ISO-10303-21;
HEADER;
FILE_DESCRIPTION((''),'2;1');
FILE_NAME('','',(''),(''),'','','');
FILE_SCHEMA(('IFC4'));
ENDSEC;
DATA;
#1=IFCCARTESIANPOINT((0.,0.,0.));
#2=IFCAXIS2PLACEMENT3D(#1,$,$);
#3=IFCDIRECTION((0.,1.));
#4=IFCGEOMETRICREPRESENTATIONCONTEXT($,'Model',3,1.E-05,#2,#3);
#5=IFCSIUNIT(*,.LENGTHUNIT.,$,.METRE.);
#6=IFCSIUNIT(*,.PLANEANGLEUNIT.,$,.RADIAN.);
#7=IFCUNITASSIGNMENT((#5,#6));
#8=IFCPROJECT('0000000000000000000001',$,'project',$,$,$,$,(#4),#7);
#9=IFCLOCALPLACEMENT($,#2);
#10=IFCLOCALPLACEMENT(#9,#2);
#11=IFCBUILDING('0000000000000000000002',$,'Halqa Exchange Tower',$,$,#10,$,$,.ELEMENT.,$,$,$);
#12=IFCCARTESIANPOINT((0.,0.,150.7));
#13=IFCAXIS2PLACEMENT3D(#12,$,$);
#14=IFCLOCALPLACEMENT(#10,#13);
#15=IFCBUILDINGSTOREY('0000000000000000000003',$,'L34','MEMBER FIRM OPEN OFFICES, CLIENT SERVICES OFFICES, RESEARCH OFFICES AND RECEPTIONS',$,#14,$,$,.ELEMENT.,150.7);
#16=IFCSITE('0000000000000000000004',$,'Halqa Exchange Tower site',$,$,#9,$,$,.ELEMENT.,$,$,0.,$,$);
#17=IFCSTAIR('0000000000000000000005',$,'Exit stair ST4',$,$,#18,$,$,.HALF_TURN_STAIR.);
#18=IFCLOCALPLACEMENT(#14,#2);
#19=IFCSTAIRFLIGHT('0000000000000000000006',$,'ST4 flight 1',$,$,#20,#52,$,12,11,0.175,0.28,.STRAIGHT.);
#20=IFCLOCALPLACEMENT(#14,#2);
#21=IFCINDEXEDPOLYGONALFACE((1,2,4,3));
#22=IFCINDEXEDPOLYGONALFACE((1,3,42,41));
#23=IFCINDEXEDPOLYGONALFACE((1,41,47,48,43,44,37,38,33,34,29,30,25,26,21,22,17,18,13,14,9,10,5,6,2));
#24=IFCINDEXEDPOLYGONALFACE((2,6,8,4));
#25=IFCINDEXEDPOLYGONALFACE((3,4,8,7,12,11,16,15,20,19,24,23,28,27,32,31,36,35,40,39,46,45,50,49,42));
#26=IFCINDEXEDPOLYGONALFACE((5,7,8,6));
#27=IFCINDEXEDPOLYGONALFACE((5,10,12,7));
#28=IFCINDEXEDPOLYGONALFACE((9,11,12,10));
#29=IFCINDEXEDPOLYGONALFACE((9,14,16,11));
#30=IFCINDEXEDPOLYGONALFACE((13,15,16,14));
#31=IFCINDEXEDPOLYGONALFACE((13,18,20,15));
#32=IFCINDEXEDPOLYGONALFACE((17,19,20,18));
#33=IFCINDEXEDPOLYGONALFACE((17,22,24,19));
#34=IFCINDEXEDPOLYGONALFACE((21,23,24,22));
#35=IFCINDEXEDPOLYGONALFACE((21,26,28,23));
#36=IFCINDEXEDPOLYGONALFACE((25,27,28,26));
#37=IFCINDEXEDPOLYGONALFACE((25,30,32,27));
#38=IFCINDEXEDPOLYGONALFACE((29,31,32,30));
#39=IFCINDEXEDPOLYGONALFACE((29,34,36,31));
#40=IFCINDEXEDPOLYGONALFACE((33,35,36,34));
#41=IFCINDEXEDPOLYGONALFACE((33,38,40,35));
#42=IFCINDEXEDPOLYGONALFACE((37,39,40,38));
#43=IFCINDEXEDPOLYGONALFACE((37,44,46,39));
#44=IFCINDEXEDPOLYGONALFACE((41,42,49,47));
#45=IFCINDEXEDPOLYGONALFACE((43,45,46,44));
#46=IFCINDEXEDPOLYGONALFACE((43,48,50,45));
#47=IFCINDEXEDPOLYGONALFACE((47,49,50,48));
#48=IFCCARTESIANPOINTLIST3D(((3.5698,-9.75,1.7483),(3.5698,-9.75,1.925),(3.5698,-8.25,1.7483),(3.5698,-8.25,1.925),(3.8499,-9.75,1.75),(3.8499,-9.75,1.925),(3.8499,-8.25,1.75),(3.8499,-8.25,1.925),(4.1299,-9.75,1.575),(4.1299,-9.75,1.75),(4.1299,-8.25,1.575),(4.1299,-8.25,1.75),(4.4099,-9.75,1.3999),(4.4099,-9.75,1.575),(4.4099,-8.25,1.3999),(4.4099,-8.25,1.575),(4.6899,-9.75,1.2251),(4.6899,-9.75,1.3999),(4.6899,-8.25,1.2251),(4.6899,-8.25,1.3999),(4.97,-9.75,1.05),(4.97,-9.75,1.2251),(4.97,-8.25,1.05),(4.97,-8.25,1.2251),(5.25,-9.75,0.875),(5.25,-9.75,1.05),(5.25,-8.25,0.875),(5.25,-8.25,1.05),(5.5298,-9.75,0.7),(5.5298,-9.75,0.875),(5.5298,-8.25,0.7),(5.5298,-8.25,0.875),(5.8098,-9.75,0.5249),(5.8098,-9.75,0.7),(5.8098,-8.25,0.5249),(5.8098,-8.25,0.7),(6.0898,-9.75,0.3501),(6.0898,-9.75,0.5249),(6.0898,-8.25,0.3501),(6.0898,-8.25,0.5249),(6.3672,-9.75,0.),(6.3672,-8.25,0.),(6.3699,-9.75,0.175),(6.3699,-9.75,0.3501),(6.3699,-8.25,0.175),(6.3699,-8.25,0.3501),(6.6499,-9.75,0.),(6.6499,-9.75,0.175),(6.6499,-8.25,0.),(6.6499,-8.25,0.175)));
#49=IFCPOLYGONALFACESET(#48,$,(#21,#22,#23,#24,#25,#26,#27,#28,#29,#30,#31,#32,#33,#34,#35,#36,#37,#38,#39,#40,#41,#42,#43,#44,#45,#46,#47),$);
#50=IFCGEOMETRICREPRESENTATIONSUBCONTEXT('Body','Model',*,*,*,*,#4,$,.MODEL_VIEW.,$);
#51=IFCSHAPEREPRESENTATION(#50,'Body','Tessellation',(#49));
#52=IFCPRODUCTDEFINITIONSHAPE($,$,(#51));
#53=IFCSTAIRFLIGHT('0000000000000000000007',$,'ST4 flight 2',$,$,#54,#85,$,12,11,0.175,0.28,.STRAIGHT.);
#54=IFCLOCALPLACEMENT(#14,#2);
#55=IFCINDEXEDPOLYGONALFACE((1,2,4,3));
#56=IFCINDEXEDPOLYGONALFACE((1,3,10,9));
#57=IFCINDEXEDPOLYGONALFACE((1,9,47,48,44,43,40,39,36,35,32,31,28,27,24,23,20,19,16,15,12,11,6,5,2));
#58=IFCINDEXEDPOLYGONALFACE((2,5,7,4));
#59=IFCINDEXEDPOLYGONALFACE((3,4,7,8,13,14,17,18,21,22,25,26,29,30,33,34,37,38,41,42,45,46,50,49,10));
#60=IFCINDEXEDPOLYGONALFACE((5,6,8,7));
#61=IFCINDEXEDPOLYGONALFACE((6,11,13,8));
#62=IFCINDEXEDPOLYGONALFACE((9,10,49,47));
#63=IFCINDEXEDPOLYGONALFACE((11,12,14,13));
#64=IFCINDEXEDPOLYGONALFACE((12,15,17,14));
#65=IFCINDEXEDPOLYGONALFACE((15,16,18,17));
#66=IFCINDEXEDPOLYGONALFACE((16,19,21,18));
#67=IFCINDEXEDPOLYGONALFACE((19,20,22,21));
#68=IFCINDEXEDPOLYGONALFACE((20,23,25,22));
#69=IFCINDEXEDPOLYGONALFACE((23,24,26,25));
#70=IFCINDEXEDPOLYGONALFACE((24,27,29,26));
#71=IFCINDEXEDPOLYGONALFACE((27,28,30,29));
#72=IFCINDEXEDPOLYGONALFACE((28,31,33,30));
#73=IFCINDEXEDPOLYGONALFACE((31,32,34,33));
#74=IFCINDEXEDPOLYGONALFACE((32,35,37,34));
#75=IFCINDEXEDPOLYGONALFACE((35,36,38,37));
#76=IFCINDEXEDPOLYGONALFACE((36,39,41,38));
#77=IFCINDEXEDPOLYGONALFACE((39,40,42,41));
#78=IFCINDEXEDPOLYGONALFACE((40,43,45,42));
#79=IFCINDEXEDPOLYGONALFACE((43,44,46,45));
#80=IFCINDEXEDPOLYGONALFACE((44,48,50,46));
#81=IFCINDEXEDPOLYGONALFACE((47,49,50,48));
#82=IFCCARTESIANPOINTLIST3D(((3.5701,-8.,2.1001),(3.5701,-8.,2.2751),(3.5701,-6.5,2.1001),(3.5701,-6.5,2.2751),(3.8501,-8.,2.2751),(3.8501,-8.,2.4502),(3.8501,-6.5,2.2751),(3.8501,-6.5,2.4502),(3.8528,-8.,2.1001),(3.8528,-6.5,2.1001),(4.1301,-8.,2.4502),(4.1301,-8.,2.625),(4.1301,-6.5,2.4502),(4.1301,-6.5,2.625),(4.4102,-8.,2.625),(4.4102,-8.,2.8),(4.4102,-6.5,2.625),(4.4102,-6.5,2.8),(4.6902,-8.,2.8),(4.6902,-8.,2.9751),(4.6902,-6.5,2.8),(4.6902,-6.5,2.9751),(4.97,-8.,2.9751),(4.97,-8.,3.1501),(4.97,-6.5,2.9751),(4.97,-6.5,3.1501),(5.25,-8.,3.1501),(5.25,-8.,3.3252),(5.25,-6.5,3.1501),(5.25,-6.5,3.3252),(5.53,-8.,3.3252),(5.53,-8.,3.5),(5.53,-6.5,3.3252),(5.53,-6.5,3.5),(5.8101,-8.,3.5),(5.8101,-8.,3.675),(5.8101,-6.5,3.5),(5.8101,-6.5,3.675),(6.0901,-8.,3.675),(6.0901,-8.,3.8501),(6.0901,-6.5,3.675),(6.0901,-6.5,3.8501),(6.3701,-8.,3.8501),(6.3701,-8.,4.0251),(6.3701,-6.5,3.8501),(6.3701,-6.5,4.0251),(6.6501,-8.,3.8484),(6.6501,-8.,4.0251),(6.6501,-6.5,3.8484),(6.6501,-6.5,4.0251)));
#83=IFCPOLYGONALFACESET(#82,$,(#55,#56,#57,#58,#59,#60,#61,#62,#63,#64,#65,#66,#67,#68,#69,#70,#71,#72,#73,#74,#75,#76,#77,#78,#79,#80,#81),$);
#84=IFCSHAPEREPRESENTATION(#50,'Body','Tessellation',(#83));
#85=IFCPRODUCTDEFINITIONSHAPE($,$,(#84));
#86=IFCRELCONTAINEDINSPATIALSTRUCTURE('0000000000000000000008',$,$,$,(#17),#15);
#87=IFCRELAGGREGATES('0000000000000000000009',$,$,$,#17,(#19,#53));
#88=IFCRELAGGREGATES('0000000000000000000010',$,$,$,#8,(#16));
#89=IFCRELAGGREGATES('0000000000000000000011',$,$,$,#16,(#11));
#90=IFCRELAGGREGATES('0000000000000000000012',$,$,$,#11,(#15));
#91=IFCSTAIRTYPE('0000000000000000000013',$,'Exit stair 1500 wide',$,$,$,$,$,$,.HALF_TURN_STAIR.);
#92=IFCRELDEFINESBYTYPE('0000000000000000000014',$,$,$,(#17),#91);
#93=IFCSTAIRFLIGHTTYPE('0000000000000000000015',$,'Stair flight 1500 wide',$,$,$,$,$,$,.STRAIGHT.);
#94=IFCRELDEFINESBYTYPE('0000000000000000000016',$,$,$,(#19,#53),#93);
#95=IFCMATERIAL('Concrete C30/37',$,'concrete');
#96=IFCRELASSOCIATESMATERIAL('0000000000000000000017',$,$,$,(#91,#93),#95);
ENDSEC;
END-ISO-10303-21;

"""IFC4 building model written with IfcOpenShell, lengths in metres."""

from ifc_helpers import new_model, si_unit, direction, frame, origin, place, context, subcontext, project, spatial, polyline, outline, extrude, material, type_object, element, aggregate, save


model = new_model("IFC4")

# Units and contexts
model_context = context("Model", 3, precision=1e-05, world=origin(), true_north=direction((0.0, 1.0)))
body_context = subcontext(model_context, "Body", "Model", "MODEL_VIEW")
ifc_project = project(units=[si_unit("LENGTHUNIT", "METRE"), si_unit("PLANEANGLEUNIT", "RADIAN")], contexts=[model_context])

# Site, building, storey
site_placement = place(None, origin())
site = spatial("IfcSite", under=ifc_project, at=site_placement, Name="Halqa Exchange Tower site", CompositionType="ELEMENT", RefElevation=0.0)
building_placement = place(site_placement, origin())
building = spatial("IfcBuilding", under=site, at=building_placement, Name="Halqa Exchange Tower", CompositionType="ELEMENT")
storey_placement = place(building_placement, frame((0.0, 0.0, 150.7)))
storey = spatial("IfcBuildingStorey", under=building, at=storey_placement, Name="L34", Description="MEMBER FIRM OPEN OFFICES, CLIENT SERVICES OFFICES, RESEARCH OFFICES AND RECEPTIONS", CompositionType="ELEMENT", Elevation=150.7)

# Shared definitions
ifc_material_1 = material(Name="Concrete C30/37", Category="concrete")

# Stair, stair flights
stair_type = type_object("IfcStairType", Name="Exit stair 1500 wide", PredefinedType="HALF_TURN_STAIR", material=ifc_material_1)
stair_placement = place(storey_placement, origin())
stair = element("IfcStair", 1, at=stair_placement, inside=storey, type_object=stair_type, Name="Exit stair ST4", PredefinedType="HALF_TURN_STAIR")
stair_flight_type = type_object("IfcStairFlightType", Name="Stair flight 1500 wide", PredefinedType="STRAIGHT", material=ifc_material_1)
stair_flight_1_placement = place(storey_placement, frame((6.6499, -9.0, 0.0), z_axis=(0.0, 0.0, 1.0), x_axis=(-1.0, 0.0, 0.0)))
stair_flight_1 = element("IfcStairFlight", 2, at=stair_flight_1_placement, type_object=stair_flight_type, Name="ST4 flight 1", NumberOfRisers=12, NumberOfTreads=11, PredefinedType="STRAIGHT", RiserHeight=0.175, TreadLength=0.28, context=body_context, shape_type="SweptSolid", body=[
    extrude(outline(polyline([(0.0, 0.0), (0.0, 0.175), (0.28, 0.175), (0.28, 0.3501), (0.5601, 0.3501), (0.5601, 0.5249), (0.8401, 0.5249), (0.8401, 0.7), (1.1201, 0.7), (1.1201, 0.875), (1.3999, 0.875), (1.3999, 1.05), (1.6799, 1.05), (1.6799, 1.2251), (1.96, 1.2251), (1.96, 1.3999), (2.24, 1.3999), (2.24, 1.575), (2.52, 1.575), (2.52, 1.75), (2.8, 1.75), (2.8, 1.925), (3.0801, 1.925), (3.0801, 2.1001), (3.0801, 1.7483), (0.2827, 0.0), (0.0, 0.0)])), frame((0.0, 0.75, 0.0), z_axis=(0.0, -1.0, 0.0), x_axis=(1.0, 0.0, 0.0)), (0.0, 0.0, 1.0), 1.5),
])
stair_flight_2_placement = place(storey_placement, frame((3.5701, -7.25, 2.1001), z_axis=(0.0, 0.0, 1.0), x_axis=(1.0, 0.0, 0.0)))
stair_flight_2 = element("IfcStairFlight", 3, at=stair_flight_2_placement, type_object=stair_flight_type, Name="ST4 flight 2", NumberOfRisers=12, NumberOfTreads=11, PredefinedType="STRAIGHT", RiserHeight=0.175, TreadLength=0.28, context=body_context, shape_type="SweptSolid", body=[
    extrude(outline(polyline([(0.0, 0.0), (0.0, 0.175), (0.28, 0.175), (0.28, 0.3501), (0.5601, 0.3501), (0.5601, 0.5249), (0.8401, 0.5249), (0.8401, 0.7), (1.1201, 0.7), (1.1201, 0.875), (1.3999, 0.875), (1.3999, 1.05), (1.6799, 1.05), (1.6799, 1.2251), (1.96, 1.2251), (1.96, 1.3999), (2.24, 1.3999), (2.24, 1.575), (2.52, 1.575), (2.52, 1.75), (2.8, 1.75), (2.8, 1.925), (3.0801, 1.925), (3.0801, 2.1001), (3.0801, 1.7483), (0.2827, 0.0), (0.0, 0.0)])), frame((0.0, 0.75, 0.0), z_axis=(0.0, -1.0, 0.0), x_axis=(1.0, 0.0, 0.0)), (0.0, 0.0, 1.0), 1.5),
])
aggregate(stair, [stair_flight_1, stair_flight_2])

save(model, "model.ifc")
